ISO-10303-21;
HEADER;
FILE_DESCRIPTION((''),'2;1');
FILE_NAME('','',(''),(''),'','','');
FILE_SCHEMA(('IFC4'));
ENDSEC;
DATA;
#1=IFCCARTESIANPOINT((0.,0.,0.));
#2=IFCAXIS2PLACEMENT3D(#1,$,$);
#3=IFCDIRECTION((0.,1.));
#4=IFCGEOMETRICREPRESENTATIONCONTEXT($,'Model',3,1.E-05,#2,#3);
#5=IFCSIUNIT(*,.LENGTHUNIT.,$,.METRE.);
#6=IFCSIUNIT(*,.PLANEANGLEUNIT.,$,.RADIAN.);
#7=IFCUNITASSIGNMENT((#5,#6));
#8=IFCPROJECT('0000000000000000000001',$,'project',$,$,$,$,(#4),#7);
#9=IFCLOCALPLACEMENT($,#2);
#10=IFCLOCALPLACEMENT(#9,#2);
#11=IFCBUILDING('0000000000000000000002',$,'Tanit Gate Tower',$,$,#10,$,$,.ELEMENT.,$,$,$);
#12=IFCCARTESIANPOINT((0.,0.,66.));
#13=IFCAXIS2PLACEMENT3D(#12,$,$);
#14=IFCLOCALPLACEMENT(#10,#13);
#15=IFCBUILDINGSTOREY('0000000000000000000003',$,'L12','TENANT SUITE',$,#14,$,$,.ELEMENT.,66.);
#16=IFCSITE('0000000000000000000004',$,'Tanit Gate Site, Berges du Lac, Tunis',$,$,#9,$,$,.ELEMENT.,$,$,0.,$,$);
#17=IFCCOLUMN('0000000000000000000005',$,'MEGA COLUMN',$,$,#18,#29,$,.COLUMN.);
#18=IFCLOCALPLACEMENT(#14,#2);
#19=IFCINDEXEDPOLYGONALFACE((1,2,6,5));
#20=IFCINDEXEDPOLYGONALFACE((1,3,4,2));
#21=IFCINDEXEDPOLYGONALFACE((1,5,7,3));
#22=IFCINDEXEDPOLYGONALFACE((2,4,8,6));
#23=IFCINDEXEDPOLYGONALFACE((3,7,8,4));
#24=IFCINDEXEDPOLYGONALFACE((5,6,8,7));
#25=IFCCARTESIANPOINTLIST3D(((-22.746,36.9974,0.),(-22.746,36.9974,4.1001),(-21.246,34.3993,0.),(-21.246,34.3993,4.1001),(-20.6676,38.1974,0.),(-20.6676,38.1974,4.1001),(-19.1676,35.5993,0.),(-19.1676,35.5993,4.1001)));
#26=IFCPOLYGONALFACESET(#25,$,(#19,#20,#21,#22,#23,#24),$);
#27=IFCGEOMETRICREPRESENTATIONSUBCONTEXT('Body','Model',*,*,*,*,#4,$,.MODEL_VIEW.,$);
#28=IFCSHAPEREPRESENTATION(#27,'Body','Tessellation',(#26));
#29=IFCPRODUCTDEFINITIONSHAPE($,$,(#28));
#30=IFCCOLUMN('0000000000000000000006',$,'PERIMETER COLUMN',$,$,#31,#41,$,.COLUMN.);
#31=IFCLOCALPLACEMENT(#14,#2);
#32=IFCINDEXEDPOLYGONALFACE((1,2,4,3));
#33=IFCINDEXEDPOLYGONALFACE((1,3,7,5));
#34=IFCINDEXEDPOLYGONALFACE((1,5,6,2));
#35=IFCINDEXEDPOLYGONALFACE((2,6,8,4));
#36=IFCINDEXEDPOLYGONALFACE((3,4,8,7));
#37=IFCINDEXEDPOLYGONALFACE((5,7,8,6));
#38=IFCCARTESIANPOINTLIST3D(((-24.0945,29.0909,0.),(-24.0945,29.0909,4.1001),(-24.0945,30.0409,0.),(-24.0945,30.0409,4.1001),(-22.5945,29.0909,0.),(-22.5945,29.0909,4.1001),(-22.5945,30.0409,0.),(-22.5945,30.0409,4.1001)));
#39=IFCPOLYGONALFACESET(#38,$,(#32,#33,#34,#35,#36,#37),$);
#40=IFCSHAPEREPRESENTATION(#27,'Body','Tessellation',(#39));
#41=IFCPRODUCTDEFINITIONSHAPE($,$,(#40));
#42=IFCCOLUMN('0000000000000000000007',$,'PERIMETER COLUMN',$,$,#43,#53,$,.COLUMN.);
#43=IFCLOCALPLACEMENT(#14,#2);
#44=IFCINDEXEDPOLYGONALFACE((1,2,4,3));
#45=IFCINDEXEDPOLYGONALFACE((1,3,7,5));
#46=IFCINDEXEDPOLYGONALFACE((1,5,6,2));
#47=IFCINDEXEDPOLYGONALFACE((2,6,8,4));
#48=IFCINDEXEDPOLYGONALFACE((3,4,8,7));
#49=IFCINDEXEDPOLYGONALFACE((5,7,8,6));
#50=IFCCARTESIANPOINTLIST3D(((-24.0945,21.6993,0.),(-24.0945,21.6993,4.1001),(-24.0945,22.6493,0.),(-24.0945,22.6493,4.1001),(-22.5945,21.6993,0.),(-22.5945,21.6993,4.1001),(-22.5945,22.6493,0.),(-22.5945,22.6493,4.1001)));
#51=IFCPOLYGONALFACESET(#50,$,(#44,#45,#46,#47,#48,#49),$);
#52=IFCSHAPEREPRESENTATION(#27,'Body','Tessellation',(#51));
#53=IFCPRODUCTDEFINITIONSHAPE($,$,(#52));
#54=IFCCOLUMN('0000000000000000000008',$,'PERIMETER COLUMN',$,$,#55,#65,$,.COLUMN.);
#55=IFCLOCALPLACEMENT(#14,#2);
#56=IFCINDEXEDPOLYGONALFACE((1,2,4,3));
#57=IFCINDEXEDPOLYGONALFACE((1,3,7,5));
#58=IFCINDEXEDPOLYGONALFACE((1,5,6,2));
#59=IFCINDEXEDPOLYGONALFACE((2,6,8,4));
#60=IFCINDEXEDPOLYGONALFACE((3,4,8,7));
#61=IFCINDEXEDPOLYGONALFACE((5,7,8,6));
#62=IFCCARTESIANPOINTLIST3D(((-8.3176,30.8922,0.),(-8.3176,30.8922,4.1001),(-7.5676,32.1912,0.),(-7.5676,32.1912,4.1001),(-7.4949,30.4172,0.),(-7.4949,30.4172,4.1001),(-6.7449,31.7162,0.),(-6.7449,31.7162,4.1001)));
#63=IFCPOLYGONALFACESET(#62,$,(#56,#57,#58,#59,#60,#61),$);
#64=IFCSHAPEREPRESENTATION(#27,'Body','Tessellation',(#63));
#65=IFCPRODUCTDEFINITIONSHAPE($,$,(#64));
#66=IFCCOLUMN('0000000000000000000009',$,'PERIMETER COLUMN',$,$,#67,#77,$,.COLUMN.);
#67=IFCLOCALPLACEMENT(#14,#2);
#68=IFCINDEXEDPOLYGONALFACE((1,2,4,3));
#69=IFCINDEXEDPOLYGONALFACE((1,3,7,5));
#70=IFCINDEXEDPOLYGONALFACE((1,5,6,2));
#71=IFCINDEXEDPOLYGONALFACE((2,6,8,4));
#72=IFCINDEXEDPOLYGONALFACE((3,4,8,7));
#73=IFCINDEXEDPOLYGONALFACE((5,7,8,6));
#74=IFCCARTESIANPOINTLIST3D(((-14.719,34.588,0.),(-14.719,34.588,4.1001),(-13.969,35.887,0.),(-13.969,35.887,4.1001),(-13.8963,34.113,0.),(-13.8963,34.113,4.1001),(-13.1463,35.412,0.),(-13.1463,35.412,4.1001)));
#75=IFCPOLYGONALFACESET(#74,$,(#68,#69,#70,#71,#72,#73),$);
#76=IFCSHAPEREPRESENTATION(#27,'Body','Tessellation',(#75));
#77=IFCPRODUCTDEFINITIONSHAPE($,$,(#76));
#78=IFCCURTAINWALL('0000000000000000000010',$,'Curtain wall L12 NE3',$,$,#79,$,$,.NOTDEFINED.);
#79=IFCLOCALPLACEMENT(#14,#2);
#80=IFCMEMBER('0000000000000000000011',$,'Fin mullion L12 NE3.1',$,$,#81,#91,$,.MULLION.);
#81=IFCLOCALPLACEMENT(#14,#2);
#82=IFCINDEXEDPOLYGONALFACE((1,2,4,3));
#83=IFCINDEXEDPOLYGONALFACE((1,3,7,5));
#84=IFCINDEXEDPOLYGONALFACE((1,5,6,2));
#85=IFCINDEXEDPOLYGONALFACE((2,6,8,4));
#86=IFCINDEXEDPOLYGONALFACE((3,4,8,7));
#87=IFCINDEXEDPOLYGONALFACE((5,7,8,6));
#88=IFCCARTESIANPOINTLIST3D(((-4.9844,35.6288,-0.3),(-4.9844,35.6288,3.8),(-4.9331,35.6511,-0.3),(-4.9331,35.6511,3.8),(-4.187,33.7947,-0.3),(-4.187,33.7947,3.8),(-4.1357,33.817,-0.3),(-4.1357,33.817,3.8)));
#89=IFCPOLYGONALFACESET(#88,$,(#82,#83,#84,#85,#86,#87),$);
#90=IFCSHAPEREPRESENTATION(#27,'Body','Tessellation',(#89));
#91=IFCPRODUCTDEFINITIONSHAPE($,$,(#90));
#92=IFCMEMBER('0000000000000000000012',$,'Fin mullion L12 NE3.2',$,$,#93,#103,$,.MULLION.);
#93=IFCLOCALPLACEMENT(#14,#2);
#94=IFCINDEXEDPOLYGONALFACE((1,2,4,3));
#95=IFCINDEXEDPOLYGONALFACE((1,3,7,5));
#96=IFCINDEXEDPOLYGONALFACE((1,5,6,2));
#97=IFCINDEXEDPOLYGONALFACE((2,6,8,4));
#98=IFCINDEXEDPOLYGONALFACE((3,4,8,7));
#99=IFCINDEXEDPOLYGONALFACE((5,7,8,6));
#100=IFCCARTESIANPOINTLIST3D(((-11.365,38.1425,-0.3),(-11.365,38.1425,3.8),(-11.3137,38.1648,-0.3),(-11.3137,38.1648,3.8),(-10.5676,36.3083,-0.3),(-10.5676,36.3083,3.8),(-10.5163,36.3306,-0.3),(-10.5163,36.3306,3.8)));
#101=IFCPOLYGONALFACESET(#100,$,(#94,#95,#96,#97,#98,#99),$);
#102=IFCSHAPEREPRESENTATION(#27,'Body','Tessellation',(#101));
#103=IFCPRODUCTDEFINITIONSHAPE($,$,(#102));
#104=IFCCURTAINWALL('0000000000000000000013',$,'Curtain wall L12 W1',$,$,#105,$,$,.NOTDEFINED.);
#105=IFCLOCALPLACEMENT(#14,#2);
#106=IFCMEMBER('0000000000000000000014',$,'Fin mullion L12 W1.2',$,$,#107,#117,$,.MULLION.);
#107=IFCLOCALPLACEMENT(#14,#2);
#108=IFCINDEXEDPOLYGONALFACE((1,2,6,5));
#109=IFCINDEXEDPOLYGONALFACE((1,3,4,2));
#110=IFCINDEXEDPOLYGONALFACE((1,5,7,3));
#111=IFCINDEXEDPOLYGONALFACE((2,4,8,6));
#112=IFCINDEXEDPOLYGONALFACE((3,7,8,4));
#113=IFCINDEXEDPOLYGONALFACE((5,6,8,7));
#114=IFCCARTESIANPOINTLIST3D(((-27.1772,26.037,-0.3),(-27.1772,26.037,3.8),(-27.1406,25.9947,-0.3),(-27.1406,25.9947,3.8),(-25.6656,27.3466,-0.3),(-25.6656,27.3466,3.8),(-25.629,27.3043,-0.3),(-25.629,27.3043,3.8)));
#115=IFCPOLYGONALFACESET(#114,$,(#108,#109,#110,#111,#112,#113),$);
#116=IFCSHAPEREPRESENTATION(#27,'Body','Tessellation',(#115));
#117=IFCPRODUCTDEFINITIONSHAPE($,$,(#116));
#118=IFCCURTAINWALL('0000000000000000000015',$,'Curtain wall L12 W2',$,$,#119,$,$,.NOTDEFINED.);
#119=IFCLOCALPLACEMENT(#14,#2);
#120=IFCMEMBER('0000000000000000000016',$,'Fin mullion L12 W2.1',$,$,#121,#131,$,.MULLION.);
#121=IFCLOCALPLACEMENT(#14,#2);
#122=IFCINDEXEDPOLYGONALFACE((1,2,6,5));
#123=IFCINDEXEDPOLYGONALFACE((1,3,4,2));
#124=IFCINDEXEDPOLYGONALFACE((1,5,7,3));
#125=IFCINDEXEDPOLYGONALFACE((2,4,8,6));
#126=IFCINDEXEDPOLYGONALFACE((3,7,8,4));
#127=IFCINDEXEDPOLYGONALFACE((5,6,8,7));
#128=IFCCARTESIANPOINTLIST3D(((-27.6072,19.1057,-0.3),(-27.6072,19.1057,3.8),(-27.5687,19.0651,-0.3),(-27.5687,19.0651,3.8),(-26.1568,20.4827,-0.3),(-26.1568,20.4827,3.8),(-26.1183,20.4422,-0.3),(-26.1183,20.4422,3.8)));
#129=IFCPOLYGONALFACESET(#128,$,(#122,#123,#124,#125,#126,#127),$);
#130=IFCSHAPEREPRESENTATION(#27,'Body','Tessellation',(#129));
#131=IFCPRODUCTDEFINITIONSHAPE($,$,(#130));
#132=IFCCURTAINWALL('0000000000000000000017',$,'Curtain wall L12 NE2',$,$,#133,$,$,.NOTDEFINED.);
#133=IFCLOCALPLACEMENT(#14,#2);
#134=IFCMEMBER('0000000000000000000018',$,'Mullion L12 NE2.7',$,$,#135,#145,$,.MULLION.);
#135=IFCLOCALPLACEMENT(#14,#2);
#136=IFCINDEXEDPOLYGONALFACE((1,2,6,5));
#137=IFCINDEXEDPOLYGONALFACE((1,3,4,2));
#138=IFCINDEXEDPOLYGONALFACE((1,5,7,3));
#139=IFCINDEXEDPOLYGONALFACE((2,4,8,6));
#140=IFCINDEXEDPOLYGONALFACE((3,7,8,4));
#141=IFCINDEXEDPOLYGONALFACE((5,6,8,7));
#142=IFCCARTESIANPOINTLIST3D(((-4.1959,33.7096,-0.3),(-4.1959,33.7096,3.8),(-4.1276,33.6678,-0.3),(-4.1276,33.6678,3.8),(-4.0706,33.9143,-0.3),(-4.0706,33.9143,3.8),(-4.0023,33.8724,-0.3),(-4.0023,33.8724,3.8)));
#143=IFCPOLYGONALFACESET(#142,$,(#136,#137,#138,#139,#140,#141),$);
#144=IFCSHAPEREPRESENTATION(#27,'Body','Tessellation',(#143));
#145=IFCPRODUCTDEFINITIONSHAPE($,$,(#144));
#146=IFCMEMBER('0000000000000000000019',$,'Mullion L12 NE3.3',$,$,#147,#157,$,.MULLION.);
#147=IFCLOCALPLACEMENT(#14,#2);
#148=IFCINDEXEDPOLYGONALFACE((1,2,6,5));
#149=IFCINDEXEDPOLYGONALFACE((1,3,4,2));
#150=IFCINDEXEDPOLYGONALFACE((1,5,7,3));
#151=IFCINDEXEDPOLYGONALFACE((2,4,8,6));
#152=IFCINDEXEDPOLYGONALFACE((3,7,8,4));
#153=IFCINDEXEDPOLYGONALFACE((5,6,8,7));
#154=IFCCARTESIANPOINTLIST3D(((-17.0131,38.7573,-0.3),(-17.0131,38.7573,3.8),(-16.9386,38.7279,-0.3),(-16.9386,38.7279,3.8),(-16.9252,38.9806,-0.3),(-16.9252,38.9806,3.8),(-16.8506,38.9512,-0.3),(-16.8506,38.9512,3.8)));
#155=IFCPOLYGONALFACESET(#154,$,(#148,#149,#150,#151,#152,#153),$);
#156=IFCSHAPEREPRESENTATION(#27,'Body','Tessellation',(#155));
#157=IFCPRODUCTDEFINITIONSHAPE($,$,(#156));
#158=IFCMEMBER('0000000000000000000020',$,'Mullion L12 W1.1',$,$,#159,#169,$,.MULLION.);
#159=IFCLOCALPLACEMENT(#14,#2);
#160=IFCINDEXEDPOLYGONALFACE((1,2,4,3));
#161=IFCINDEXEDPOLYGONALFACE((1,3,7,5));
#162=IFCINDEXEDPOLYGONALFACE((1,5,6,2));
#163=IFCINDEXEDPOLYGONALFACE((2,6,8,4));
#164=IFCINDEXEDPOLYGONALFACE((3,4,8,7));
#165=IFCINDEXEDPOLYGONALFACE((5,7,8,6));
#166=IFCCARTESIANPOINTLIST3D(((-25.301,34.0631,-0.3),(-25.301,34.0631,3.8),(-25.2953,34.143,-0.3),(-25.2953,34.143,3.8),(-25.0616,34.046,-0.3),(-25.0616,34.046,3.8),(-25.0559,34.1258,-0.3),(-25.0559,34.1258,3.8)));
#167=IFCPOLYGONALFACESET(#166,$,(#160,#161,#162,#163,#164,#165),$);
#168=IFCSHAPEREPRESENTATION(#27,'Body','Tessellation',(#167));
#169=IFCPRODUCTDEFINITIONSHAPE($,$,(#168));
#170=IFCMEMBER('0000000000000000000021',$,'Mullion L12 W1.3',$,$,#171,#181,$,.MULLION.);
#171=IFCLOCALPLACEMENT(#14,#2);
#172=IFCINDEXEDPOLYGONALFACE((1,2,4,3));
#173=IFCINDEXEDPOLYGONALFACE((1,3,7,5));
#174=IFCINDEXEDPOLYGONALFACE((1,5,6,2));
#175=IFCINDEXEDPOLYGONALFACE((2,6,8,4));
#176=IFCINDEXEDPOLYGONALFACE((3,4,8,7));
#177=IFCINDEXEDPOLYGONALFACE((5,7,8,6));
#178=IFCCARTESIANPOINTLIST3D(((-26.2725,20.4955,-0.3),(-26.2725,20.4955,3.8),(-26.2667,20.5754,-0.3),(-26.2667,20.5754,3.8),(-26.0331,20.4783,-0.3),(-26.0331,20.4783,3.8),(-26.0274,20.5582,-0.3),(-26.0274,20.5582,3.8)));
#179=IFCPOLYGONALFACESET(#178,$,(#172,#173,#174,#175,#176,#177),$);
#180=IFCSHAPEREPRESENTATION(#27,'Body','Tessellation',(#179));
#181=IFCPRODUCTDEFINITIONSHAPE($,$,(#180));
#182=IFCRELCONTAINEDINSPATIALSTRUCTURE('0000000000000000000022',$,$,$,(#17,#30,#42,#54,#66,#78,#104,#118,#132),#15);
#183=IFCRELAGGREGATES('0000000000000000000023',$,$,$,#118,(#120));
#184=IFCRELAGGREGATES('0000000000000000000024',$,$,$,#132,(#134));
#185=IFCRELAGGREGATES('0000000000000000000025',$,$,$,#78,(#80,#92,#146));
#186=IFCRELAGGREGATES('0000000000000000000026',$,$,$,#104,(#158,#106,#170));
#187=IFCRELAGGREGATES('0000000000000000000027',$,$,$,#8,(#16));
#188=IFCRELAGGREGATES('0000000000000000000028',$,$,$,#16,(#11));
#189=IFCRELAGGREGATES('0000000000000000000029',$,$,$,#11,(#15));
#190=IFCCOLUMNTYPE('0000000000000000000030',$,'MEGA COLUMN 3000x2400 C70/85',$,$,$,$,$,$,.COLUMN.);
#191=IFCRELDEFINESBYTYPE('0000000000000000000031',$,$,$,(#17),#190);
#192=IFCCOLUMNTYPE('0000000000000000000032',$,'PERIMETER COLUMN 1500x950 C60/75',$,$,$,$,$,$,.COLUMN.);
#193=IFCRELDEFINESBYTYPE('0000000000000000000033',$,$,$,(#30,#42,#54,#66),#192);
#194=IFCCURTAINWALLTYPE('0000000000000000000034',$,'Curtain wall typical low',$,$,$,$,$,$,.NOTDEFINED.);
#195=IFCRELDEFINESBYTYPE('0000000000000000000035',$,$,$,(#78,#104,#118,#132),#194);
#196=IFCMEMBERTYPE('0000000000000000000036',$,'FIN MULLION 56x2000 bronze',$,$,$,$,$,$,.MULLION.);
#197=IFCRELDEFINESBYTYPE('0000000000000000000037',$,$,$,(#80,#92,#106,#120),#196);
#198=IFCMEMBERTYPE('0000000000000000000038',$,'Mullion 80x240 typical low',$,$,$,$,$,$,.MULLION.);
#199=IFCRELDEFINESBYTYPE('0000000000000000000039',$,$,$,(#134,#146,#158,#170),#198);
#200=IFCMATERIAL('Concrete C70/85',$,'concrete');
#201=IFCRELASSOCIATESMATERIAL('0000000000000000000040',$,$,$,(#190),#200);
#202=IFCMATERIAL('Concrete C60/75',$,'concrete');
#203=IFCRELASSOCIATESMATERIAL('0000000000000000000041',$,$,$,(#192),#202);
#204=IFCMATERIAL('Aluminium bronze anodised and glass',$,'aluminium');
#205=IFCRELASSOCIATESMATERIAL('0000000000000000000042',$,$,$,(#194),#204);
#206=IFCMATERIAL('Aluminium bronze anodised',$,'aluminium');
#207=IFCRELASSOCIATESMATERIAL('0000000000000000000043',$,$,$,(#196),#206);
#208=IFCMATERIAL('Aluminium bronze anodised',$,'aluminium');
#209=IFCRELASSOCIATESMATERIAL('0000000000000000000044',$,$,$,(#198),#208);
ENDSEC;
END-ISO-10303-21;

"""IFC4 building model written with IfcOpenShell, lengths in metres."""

from ifc_helpers import new_model, si_unit, direction, frame, origin, origin_2d, place, context, subcontext, project, spatial, rectangle, extrude, material, material_profile, profile_set, type_object, element, aggregate, save


model = new_model("IFC4")

# Units and contexts
model_context = context("Model", 3, precision=1e-05, world=origin(), true_north=direction((0.0, 1.0)))
body_context = subcontext(model_context, "Body", "Model", "MODEL_VIEW")
ifc_project = project(units=[si_unit("LENGTHUNIT", "METRE"), si_unit("PLANEANGLEUNIT", "RADIAN")], contexts=[model_context])

# Site, building, storey
site_placement = place(None, origin())
site = spatial("IfcSite", under=ifc_project, at=site_placement, Name="Tanit Gate Site, Berges du Lac, Tunis", CompositionType="ELEMENT", RefElevation=0.0)
building_placement = place(site_placement, origin())
building = spatial("IfcBuilding", under=site, at=building_placement, Name="Tanit Gate Tower", CompositionType="ELEMENT")
storey_placement = place(building_placement, frame((0.0, 0.0, 66.0)))
storey = spatial("IfcBuildingStorey", under=building, at=storey_placement, Name="L12", Description="TENANT SUITE", CompositionType="ELEMENT", Elevation=66.0)

# Columns
ifc_material_1 = material(Name="Concrete C70/85", Category="concrete")
ifc_material_profile_1 = material_profile(ifc_material_1, rectangle(XDim=3.0, YDim=2.3999, at=origin_2d()), Name="RC 3000x2400")
ifc_profile_set_1 = profile_set([ifc_material_profile_1], Name="Concrete C70/85")
column_type_1 = type_object("IfcColumnType", Name="MEGA COLUMN 3000x2400 C70/85", PredefinedType="COLUMN", material=ifc_profile_set_1)
column_placement = place(storey_placement, frame((-20.9568, 36.2983, 0.0), z_axis=(0.0, 0.0, 1.0), x_axis=(-0.5, 0.866025, 0.0)))
element("IfcColumn", 1, at=column_placement, inside=storey, type_object=column_type_1, Name="MEGA COLUMN", PredefinedType="COLUMN", context=body_context, shape_type="SweptSolid", body=[
    extrude(rectangle(XDim=3.0, YDim=2.3999, at=origin_2d()), origin(), (0.0, 0.0, 1.0), 4.1001),
])
ifc_material_2 = material(Name="Concrete C60/75", Category="concrete")
ifc_material_profile_2 = material_profile(ifc_material_2, rectangle(XDim=1.5, YDim=0.95, at=origin_2d()), Name="RC 1500x950")
ifc_profile_set_2 = profile_set([ifc_material_profile_2], Name="Concrete C60/75")
column_type_2 = type_object("IfcColumnType", Name="PERIMETER COLUMN 1500x950 C60/75", PredefinedType="COLUMN", material=ifc_profile_set_2)
for number, where, z_axis, x_axis, name in (
    (2, (-23.3445, 29.5659, 0.0), (0.0, 0.0, 1.0), (-1.0, 0.0, 0.0), "PERIMETER COLUMN"),
    (3, (-23.3445, 22.1743, 0.0), (0.0, 0.0, 1.0), (-1.0, 0.0, 0.0), "PERIMETER COLUMN"),
    (4, (-7.5312, 31.3042, 0.0), (0.0, 0.0, 1.0), (0.5, 0.866025, 0.0), "PERIMETER COLUMN"),
    (5, (-13.9326, 35.0, 0.0), (0.0, 0.0, 1.0), (0.5, 0.866025, 0.0), "PERIMETER COLUMN"),
):
    element("IfcColumn", number, at=place(storey_placement, frame(where, z_axis=z_axis, x_axis=x_axis)), inside=storey, type_object=column_type_2, Name=name, PredefinedType="COLUMN", context=body_context, shape_type="SweptSolid", body=[
        extrude(rectangle(XDim=1.5, YDim=0.95, at=origin_2d()), origin(), (0.0, 0.0, 1.0), 4.1001),
    ])

# Curtain wall, members
ifc_material_3 = material(Name="Aluminium bronze anodised and glass", Category="aluminium")
curtain_wall_type = type_object("IfcCurtainWallType", Name="Curtain wall typical low", PredefinedType="NOTDEFINED", material=ifc_material_3)
curtain_wall_1_placement = place(storey_placement, origin())
curtain_wall_1 = element("IfcCurtainWall", 6, at=curtain_wall_1_placement, inside=storey, type_object=curtain_wall_type, Name="Curtain wall L12 NE3", PredefinedType="NOTDEFINED")
ifc_material_4 = material(Name="Aluminium bronze anodised", Category="aluminium")
ifc_material_profile_3 = material_profile(ifc_material_4, rectangle(XDim=2.0, YDim=0.0559, at=origin_2d()), Name="56x2000 bronze fin mullion")
ifc_profile_set_3 = profile_set([ifc_material_profile_3], Name="Aluminium bronze anodised")
member_type_1 = type_object("IfcMemberType", Name="FIN MULLION 56x2000 bronze", PredefinedType="MULLION", material=ifc_profile_set_3)
member_1_placement = place(storey_placement, frame((-4.5601, 34.7229, -0.3), z_axis=(0.0, 0.0, 1.0), x_axis=(0.398703, -0.91708, 0.0)))
member_1 = element("IfcMember", 7, at=member_1_placement, type_object=member_type_1, Name="Fin mullion L12 NE3.1", PredefinedType="MULLION", context=body_context, shape_type="SweptSolid", body=[
    extrude(rectangle(XDim=2.0, YDim=0.0559, at=origin_2d()), origin(), (0.0, 0.0, 1.0), 4.1001),
])
member_2_placement = place(storey_placement, frame((-10.9407, 37.2366, -0.3), z_axis=(0.0, 0.0, 1.0), x_axis=(0.398703, -0.91708, 0.0)))
member_2 = element("IfcMember", 8, at=member_2_placement, type_object=member_type_1, Name="Fin mullion L12 NE3.2", PredefinedType="MULLION", context=body_context, shape_type="SweptSolid", body=[
    extrude(rectangle(XDim=2.0, YDim=0.0559, at=origin_2d()), origin(), (0.0, 0.0, 1.0), 4.1001),
])

# Curtain walls, members
curtain_wall_2_placement = place(storey_placement, origin())
curtain_wall_2 = element("IfcCurtainWall", 9, at=curtain_wall_2_placement, inside=storey, type_object=curtain_wall_type, Name="Curtain wall L12 W1", PredefinedType="NOTDEFINED")
member_3_placement = place(storey_placement, frame((-26.4031, 26.6707, -0.3), z_axis=(0.0, 0.0, 1.0), x_axis=(0.755802, 0.6548, 0.0)))
member_3 = element("IfcMember", 10, at=member_3_placement, type_object=member_type_1, Name="Fin mullion L12 W1.2", PredefinedType="MULLION", context=body_context, shape_type="SweptSolid", body=[
    extrude(rectangle(XDim=2.0, YDim=0.0559, at=origin_2d()), origin(), (0.0, 0.0, 1.0), 4.1001),
])
curtain_wall_3_placement = place(storey_placement, origin())
curtain_wall_3 = element("IfcCurtainWall", 11, at=curtain_wall_3_placement, inside=storey, type_object=curtain_wall_type, Name="Curtain wall L12 W2", PredefinedType="NOTDEFINED")
member_4_placement = place(storey_placement, frame((-26.8628, 19.7739, -0.3), z_axis=(0.0, 0.0, 1.0), x_axis=(0.7252, 0.688538, 0.0)))
member_4 = element("IfcMember", 12, at=member_4_placement, type_object=member_type_1, Name="Fin mullion L12 W2.1", PredefinedType="MULLION", context=body_context, shape_type="SweptSolid", body=[
    extrude(rectangle(XDim=2.0, YDim=0.0559, at=origin_2d()), origin(), (0.0, 0.0, 1.0), 4.1001),
])
curtain_wall_4_placement = place(storey_placement, origin())
curtain_wall_4 = element("IfcCurtainWall", 13, at=curtain_wall_4_placement, inside=storey, type_object=curtain_wall_type, Name="Curtain wall L12 NE2", PredefinedType="NOTDEFINED")
ifc_material_5 = material(Name="Aluminium bronze anodised", Category="aluminium")
ifc_material_profile_4 = material_profile(ifc_material_5, rectangle(XDim=0.24, YDim=0.0801, at=origin_2d()), Name="80x240 bronze mullion")
ifc_profile_set_4 = profile_set([ifc_material_profile_4], Name="Aluminium bronze anodised")
member_type_2 = type_object("IfcMemberType", Name="Mullion 80x240 typical low", PredefinedType="MULLION", material=ifc_profile_set_4)
member_5_placement = place(storey_placement, frame((-4.0991, 33.791, -0.3), z_axis=(0.0, 0.0, 1.0), x_axis=(-0.522283, -0.852772, 0.0)))
member_5 = element("IfcMember", 14, at=member_5_placement, type_object=member_type_2, Name="Mullion L12 NE2.7", PredefinedType="MULLION", context=body_context, shape_type="SweptSolid", body=[
    extrude(rectangle(XDim=0.24, YDim=0.0801, at=origin_2d()), origin(), (0.0, 0.0, 1.0), 4.1001),
])

# Members
member_6_placement = place(storey_placement, frame((-16.9319, 38.8542, -0.3), z_axis=(0.0, 0.0, 1.0), x_axis=(-0.366548, -0.930399, 0.0)))
member_6 = element("IfcMember", 15, at=member_6_placement, type_object=member_type_2, Name="Mullion L12 NE3.3", PredefinedType="MULLION", context=body_context, shape_type="SweptSolid", body=[
    extrude(rectangle(XDim=0.24, YDim=0.0801, at=origin_2d()), origin(), (0.0, 0.0, 1.0), 4.1001),
])
member_7_placement = place(storey_placement, frame((-25.1785, 34.0945, -0.3), z_axis=(0.0, 0.0, 1.0), x_axis=(0.997446, -0.071419, 0.0)))
member_7 = element("IfcMember", 16, at=member_7_placement, type_object=member_type_2, Name="Mullion L12 W1.1", PredefinedType="MULLION", context=body_context, shape_type="SweptSolid", body=[
    extrude(rectangle(XDim=0.24, YDim=0.0801, at=origin_2d()), origin(), (0.0, 0.0, 1.0), 4.1001),
])
member_8_placement = place(storey_placement, frame((-26.1499, 20.5269, -0.3), z_axis=(0.0, 0.0, 1.0), x_axis=(0.997446, -0.071419, 0.0)))
member_8 = element("IfcMember", 17, at=member_8_placement, type_object=member_type_2, Name="Mullion L12 W1.3", PredefinedType="MULLION", context=body_context, shape_type="SweptSolid", body=[
    extrude(rectangle(XDim=0.24, YDim=0.0801, at=origin_2d()), origin(), (0.0, 0.0, 1.0), 4.1001),
])

aggregate(curtain_wall_3, [member_4])

aggregate(curtain_wall_4, [member_5])
aggregate(curtain_wall_1, [member_1, member_2, member_6])
aggregate(curtain_wall_2, [member_7, member_3, member_8])

save(model, "model.ifc")
